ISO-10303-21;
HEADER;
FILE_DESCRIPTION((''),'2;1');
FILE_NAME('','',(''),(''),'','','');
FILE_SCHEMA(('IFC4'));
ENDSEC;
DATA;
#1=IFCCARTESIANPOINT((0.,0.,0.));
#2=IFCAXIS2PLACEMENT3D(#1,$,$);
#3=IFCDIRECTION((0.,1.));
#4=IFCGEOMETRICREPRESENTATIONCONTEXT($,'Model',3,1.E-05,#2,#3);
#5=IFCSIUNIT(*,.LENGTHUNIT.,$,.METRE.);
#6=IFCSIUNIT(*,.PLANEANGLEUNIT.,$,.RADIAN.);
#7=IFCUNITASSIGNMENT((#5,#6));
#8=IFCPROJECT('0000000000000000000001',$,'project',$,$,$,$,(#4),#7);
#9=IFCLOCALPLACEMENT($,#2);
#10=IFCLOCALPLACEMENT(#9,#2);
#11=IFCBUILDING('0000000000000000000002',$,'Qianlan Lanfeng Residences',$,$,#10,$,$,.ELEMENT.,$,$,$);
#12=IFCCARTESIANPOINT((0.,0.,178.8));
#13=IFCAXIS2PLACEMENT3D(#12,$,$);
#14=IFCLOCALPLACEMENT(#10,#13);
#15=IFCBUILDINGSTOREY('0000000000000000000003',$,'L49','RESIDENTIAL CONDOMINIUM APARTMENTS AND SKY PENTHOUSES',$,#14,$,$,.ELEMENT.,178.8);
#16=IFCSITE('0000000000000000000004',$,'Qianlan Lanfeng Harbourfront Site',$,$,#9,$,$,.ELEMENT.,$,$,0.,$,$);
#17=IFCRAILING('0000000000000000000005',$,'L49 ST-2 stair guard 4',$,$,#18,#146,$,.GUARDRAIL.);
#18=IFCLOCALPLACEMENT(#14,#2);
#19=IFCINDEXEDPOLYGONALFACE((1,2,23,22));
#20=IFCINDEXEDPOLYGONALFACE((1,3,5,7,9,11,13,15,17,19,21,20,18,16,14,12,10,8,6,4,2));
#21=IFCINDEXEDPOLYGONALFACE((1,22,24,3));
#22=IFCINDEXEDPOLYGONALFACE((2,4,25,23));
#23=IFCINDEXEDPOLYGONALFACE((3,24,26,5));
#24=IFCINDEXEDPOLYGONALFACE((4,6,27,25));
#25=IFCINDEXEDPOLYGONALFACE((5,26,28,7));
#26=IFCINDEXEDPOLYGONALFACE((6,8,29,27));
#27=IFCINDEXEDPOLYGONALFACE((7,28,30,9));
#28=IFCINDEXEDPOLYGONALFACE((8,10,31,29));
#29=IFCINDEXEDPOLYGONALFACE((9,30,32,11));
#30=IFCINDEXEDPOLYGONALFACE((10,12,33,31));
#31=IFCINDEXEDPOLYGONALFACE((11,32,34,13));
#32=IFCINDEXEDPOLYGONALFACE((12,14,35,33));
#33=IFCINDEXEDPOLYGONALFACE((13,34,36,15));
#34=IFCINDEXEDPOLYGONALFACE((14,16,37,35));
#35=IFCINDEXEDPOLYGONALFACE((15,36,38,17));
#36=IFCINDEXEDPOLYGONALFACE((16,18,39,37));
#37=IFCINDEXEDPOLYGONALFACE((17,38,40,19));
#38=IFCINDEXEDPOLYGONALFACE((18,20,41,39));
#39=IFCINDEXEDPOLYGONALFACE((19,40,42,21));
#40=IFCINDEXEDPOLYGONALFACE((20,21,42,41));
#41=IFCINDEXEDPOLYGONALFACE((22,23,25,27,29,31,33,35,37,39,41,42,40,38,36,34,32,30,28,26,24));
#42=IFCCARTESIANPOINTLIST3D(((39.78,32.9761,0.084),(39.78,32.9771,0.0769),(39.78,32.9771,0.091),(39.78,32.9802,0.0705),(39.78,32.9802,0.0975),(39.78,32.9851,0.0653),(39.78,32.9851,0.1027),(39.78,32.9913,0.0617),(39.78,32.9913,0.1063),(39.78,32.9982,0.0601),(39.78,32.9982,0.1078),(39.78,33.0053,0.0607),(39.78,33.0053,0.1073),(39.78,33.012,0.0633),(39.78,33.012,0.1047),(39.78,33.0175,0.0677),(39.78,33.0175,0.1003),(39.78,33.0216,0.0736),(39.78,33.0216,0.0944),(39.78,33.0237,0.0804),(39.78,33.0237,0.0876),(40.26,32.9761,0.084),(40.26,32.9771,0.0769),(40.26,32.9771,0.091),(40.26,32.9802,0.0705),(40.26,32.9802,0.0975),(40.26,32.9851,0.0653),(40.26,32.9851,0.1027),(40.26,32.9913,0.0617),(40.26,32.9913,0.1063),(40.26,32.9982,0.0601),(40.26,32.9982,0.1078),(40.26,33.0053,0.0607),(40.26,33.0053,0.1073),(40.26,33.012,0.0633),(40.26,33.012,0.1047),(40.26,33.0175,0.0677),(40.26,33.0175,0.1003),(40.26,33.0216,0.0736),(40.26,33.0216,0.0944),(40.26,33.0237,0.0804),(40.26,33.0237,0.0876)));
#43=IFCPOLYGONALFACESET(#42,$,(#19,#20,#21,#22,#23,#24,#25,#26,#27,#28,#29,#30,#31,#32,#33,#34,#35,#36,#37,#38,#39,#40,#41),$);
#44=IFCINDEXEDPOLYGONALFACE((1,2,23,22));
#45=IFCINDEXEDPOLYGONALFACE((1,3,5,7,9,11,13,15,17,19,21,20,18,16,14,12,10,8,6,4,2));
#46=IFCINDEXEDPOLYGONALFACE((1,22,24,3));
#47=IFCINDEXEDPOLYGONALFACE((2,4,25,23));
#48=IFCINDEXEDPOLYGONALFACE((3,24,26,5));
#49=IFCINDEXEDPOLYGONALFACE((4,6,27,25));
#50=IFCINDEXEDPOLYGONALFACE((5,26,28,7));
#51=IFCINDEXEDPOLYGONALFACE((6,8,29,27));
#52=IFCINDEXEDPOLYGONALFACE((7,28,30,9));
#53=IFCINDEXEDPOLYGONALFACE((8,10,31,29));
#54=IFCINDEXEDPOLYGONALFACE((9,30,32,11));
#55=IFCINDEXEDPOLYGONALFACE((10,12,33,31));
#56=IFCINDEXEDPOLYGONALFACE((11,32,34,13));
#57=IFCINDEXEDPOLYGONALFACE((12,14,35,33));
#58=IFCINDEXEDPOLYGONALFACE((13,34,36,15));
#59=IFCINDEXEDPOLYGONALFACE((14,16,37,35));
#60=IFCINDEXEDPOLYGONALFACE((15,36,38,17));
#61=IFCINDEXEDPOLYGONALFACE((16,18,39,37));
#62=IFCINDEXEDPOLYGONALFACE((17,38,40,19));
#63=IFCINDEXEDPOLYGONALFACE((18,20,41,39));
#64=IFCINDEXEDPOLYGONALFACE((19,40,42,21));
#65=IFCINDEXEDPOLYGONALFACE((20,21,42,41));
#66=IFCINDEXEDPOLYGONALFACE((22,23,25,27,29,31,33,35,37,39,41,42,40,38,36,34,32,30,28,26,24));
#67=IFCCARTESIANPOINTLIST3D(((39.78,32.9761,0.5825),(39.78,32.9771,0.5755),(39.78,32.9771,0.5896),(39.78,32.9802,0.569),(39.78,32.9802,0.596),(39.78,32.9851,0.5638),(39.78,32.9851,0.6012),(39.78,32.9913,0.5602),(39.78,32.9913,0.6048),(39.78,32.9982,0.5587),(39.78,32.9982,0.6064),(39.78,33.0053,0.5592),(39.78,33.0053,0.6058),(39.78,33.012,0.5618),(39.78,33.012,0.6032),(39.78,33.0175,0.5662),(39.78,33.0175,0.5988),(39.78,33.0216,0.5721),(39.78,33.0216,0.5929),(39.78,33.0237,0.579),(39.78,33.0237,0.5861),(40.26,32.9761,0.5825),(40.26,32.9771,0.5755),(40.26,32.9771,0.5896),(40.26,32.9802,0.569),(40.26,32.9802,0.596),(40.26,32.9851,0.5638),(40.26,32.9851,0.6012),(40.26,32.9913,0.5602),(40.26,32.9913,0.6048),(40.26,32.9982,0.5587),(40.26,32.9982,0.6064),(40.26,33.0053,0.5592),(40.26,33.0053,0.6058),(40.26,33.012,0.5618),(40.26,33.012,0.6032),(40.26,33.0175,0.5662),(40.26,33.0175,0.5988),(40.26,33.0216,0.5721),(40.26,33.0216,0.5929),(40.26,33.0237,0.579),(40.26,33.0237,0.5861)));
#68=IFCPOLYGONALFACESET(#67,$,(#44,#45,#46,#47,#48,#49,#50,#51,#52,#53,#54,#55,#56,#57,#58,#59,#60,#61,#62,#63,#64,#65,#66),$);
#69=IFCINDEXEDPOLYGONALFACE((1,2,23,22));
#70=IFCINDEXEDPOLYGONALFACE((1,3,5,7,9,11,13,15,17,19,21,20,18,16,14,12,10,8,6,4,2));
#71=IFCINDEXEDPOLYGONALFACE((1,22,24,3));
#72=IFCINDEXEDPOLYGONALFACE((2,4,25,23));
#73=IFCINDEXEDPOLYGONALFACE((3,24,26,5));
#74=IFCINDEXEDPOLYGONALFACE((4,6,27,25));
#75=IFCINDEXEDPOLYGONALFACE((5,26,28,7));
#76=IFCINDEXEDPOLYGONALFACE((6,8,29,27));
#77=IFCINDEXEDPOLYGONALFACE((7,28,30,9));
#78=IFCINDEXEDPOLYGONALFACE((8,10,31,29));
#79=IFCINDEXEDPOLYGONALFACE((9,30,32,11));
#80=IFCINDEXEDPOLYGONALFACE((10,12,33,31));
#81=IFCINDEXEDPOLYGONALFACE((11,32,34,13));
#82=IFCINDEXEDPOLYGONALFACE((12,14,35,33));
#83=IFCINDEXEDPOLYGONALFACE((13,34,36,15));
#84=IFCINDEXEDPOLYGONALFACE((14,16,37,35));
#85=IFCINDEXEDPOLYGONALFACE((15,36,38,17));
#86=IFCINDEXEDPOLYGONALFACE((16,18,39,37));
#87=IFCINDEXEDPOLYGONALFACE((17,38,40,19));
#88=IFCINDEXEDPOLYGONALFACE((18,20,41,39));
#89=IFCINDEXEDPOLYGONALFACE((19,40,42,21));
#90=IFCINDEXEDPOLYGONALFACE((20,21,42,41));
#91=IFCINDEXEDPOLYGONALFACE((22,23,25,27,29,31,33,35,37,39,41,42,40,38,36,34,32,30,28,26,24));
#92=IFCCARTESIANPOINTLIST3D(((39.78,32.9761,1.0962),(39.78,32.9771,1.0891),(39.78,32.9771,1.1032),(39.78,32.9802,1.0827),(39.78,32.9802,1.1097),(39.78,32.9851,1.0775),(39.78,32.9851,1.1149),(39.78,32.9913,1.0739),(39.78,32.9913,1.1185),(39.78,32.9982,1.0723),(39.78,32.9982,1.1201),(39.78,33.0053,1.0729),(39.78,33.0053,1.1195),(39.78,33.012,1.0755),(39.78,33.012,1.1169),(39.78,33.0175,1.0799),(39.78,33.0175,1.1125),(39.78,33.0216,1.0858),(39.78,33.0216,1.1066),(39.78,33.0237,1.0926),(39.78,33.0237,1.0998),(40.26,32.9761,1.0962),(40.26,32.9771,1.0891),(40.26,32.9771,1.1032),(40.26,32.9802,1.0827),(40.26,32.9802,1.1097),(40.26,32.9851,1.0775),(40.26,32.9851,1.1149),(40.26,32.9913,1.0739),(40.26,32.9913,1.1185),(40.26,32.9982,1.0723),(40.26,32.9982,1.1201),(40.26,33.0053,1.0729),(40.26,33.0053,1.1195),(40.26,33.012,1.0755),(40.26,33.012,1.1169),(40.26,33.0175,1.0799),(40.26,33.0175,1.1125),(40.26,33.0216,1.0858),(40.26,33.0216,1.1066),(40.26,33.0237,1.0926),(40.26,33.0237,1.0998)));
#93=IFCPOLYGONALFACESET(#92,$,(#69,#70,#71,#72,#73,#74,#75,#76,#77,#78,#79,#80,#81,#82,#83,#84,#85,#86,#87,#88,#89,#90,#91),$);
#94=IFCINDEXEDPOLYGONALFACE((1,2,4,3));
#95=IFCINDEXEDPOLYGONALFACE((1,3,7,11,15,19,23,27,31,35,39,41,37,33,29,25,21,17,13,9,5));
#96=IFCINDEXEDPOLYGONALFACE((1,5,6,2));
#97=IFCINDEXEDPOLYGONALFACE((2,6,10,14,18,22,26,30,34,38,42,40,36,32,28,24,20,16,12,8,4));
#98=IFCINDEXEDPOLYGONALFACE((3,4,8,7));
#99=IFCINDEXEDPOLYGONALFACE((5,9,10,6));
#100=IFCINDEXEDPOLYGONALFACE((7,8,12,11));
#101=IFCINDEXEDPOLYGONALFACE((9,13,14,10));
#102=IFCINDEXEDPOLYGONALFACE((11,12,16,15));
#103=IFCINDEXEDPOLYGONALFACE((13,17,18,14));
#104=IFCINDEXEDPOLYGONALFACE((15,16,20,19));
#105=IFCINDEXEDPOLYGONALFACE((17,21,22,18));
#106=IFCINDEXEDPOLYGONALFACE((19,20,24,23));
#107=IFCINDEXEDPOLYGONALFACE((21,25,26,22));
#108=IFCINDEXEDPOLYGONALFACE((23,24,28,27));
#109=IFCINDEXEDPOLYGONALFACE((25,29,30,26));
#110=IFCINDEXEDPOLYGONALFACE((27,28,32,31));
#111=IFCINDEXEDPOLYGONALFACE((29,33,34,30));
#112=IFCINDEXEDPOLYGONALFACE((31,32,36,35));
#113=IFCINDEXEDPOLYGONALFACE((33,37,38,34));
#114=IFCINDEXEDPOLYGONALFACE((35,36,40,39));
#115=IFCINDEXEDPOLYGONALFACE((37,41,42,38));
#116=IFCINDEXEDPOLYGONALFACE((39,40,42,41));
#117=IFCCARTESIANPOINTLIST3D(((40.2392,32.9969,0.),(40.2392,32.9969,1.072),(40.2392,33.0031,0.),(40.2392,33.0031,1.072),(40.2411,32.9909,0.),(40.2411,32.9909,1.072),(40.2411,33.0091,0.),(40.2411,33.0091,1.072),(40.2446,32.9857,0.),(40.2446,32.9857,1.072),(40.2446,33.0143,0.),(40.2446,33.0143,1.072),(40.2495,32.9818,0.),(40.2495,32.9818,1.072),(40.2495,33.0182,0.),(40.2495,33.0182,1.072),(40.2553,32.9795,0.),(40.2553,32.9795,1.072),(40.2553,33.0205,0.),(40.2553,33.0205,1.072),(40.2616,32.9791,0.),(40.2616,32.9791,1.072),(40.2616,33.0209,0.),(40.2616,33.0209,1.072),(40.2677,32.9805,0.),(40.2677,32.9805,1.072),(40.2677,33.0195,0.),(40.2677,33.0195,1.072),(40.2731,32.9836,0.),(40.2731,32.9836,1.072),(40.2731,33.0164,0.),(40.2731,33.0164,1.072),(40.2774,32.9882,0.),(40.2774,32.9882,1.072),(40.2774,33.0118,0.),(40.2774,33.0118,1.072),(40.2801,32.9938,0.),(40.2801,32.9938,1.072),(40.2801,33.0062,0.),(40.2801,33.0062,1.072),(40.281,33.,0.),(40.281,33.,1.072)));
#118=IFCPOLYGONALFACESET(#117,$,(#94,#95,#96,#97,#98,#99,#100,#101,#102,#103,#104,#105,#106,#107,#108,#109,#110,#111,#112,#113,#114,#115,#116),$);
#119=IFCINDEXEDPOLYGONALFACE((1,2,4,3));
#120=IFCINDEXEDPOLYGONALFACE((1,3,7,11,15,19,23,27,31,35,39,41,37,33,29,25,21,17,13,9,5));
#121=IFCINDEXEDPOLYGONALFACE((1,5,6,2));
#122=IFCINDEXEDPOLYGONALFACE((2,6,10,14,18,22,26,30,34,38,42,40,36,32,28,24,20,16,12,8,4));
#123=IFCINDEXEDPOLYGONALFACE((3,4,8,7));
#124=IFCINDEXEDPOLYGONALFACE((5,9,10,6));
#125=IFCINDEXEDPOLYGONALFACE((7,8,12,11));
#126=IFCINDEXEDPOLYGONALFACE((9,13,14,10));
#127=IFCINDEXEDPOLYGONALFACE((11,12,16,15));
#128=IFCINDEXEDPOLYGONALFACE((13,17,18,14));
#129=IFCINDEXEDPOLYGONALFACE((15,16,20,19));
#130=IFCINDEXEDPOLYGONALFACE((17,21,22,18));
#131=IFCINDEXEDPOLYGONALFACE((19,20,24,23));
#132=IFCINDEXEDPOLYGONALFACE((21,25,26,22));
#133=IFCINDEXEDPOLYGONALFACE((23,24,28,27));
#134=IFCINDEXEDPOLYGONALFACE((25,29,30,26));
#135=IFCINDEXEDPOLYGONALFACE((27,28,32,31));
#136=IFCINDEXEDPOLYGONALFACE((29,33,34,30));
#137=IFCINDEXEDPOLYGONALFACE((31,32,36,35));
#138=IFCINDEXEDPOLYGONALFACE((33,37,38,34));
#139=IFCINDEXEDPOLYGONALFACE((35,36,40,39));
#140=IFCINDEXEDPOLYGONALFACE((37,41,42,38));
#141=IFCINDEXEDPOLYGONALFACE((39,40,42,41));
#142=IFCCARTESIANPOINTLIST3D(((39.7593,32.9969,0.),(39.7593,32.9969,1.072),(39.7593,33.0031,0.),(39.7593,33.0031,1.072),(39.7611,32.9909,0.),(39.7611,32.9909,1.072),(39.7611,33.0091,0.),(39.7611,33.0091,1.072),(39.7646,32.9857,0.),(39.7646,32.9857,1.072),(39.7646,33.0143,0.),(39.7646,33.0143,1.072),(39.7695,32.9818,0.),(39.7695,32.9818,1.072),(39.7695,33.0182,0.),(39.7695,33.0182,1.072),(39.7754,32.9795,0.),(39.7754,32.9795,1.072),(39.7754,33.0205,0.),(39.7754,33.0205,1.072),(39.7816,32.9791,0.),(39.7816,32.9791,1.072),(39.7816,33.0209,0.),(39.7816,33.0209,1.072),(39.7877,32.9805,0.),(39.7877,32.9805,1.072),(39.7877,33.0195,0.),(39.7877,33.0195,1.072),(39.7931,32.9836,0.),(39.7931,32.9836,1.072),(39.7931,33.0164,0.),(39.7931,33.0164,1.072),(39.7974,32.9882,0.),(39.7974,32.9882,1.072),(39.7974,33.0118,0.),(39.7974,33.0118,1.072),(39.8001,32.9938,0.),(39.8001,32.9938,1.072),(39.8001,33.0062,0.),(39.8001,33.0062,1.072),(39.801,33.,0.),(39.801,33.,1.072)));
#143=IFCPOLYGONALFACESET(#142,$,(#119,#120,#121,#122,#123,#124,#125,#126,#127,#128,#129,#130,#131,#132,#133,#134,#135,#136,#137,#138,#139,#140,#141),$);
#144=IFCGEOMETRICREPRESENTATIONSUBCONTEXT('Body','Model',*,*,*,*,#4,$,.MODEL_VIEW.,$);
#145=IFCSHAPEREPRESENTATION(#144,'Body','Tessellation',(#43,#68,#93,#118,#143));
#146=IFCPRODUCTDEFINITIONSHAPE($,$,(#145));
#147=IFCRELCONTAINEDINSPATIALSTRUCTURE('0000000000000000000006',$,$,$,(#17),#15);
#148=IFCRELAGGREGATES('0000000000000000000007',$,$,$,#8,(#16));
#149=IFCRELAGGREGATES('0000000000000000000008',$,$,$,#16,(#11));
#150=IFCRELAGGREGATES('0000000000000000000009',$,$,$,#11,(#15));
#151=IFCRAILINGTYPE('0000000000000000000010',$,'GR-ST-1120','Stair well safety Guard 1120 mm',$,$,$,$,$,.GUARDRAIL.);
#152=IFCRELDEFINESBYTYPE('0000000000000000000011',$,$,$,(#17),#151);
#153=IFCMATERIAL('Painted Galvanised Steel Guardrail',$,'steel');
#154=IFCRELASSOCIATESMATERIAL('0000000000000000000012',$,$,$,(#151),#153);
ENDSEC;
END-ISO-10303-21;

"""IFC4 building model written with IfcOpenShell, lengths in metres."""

from ifc_helpers import new_model, si_unit, direction, frame, origin, origin_2d, place, context, subcontext, project, spatial, circle, extrude, material, type_object, element, save


model = new_model("IFC4")

# Units and contexts
model_context = context("Model", 3, precision=1e-05, world=origin(), true_north=direction((0.0, 1.0)))
body_context = subcontext(model_context, "Body", "Model", "MODEL_VIEW")
ifc_project = project(units=[si_unit("LENGTHUNIT", "METRE"), si_unit("PLANEANGLEUNIT", "RADIAN")], contexts=[model_context])

# Site, building, storey
site_placement = place(None, origin())
site = spatial("IfcSite", under=ifc_project, at=site_placement, Name="Qianlan Lanfeng Harbourfront Site", CompositionType="ELEMENT", RefElevation=0.0)
building_placement = place(site_placement, origin())
building = spatial("IfcBuilding", under=site, at=building_placement, Name="Qianlan Lanfeng Residences", CompositionType="ELEMENT")
storey_placement = place(building_placement, frame((0.0, 0.0, 178.8)))
storey = spatial("IfcBuildingStorey", under=building, at=storey_placement, Name="L49", Description="RESIDENTIAL CONDOMINIUM APARTMENTS AND SKY PENTHOUSES", CompositionType="ELEMENT", Elevation=178.8)

# Railing
ifc_material_1 = material(Name="Painted Galvanised Steel Guardrail", Category="steel")
railing_type_1 = type_object("IfcRailingType", Name="GR-ST-1120", Description="Stair well safety Guard 1120 mm", PredefinedType="GUARDRAIL", material=ifc_material_1)
railing_1_placement = place(storey_placement, frame((40.26, 33.0, 0.0)))
element("IfcRailing", 1, at=railing_1_placement, inside=storey, type_object=railing_type_1, Name="L49 ST-2 stair guard 4", PredefinedType="GUARDRAIL", context=body_context, shape_type="SweptSolid", body=[
    extrude(circle(Radius=0.0239, at=origin_2d()), frame((0.0, 0.0, 0.084), z_axis=(-1.0, 0.0, 0.0), x_axis=(0.0, -1.0, 0.0)), (0.0, 0.0, 1.0), 0.48),
    extrude(circle(Radius=0.0239, at=origin_2d()), frame((0.0, 0.0, 0.5825), z_axis=(-1.0, 0.0, 0.0), x_axis=(0.0, -1.0, 0.0)), (0.0, 0.0, 1.0), 0.48),
    extrude(circle(Radius=0.0239, at=origin_2d()), frame((0.0, 0.0, 1.0962), z_axis=(-1.0, 0.0, 0.0), x_axis=(0.0, -1.0, 0.0)), (0.0, 0.0, 1.0), 0.48),
    extrude(circle(Radius=0.021, at=origin_2d()), origin(), (0.0, 0.0, 1.0), 1.072),
    extrude(circle(Radius=0.021, at=origin_2d()), frame((-0.48, 0.0, 0.0)), (0.0, 0.0, 1.0), 1.072),
])

save(model, "model.ifc")
